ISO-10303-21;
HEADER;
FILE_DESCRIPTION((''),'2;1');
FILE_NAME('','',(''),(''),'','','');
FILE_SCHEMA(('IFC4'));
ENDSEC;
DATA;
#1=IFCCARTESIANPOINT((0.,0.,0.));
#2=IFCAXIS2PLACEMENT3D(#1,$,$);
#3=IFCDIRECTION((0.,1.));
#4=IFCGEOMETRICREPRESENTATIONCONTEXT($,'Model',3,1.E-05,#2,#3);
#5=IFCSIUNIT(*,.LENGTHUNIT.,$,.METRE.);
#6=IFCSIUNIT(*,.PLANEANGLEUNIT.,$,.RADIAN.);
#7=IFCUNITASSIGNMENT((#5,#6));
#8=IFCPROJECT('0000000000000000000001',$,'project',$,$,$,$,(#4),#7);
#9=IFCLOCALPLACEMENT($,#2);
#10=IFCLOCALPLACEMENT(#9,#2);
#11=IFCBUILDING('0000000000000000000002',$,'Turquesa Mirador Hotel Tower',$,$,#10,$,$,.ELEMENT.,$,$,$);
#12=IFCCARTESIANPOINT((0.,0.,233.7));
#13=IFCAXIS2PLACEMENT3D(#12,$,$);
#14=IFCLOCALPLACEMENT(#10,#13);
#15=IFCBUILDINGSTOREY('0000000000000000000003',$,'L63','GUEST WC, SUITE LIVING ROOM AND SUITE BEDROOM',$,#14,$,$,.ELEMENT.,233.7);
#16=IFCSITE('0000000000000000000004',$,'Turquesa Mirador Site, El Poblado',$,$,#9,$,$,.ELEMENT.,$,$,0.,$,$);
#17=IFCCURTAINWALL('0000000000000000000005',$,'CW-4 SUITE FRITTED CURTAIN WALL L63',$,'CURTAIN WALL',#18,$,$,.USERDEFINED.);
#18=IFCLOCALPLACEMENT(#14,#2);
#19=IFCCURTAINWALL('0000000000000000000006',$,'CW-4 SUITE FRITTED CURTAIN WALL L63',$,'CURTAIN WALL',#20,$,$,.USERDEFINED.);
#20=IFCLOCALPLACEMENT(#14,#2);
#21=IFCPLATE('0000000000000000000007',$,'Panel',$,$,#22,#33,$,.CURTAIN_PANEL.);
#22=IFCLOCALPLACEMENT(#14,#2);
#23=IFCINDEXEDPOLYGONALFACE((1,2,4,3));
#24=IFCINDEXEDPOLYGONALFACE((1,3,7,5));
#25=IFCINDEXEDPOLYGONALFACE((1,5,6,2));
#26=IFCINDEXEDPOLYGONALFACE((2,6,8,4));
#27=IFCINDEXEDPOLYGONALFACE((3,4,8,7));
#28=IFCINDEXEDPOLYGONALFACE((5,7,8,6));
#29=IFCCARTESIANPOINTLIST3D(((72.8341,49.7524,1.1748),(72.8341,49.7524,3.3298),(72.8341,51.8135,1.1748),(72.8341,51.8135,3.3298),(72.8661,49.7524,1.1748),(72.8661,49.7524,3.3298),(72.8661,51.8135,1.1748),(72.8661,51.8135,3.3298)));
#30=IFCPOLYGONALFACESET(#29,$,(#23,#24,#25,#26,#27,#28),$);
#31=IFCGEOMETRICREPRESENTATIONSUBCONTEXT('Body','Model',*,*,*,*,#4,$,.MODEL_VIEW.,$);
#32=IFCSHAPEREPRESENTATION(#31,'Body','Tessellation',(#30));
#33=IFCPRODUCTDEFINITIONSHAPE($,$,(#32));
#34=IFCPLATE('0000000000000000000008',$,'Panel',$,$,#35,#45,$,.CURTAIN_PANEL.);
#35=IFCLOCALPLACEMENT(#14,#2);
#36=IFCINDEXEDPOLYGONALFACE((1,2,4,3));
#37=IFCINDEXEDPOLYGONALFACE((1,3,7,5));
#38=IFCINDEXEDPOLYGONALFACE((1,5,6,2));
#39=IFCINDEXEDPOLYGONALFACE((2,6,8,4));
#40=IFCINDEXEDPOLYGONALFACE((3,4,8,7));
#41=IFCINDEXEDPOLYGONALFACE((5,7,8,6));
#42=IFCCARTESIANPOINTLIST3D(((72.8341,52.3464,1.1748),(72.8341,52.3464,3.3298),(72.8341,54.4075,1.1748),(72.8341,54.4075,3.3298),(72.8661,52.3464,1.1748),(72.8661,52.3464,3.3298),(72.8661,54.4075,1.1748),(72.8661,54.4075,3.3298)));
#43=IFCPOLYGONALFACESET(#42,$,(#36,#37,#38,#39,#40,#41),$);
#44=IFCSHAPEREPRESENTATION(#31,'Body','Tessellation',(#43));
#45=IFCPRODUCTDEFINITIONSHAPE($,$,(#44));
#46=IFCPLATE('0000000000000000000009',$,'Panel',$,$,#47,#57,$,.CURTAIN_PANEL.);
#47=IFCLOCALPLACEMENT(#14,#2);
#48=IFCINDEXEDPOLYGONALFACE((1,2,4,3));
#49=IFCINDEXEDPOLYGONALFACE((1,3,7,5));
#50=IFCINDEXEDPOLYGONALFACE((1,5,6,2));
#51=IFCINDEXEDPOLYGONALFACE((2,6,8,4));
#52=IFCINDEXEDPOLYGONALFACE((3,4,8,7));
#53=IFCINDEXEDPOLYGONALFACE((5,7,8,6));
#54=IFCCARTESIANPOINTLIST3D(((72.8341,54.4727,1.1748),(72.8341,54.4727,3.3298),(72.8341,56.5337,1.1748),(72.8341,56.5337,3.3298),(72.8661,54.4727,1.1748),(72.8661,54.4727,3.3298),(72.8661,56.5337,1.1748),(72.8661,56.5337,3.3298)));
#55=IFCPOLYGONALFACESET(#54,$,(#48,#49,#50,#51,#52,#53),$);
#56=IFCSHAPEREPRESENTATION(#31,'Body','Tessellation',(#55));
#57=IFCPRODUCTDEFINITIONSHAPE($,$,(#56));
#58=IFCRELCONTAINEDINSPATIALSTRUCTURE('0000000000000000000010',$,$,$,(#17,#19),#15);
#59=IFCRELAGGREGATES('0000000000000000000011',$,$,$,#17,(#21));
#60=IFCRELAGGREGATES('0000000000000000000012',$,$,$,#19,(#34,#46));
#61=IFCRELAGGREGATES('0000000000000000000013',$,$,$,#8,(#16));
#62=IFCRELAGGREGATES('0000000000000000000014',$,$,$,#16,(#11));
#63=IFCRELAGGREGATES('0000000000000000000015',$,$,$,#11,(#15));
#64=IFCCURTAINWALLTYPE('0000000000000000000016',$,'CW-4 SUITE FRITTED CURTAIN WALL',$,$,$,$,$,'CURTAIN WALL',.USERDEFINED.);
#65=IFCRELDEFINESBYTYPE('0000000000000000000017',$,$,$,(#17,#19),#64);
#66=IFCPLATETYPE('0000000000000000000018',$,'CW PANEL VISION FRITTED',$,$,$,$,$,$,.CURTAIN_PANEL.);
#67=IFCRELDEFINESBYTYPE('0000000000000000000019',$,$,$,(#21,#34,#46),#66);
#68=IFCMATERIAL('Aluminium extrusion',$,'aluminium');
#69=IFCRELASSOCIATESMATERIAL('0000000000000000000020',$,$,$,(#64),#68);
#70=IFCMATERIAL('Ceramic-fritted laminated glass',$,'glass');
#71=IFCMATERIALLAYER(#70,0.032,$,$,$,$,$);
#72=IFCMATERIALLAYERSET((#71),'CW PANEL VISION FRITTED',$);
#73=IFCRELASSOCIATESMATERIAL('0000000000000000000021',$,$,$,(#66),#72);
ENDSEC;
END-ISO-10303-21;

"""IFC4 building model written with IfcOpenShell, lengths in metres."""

from ifc_helpers import new_model, si_unit, direction, frame, origin, origin_2d, place, context, subcontext, project, spatial, rectangle, extrude, material, layer, layer_set, type_object, element, aggregate, save


model = new_model("IFC4")

# Units and contexts
model_context = context("Model", 3, precision=1e-05, world=origin(), true_north=direction((0.0, 1.0)))
body_context = subcontext(model_context, "Body", "Model", "MODEL_VIEW")
ifc_project = project(units=[si_unit("LENGTHUNIT", "METRE"), si_unit("PLANEANGLEUNIT", "RADIAN")], contexts=[model_context])

# Site, building, storey
site_placement = place(None, origin())
site = spatial("IfcSite", under=ifc_project, at=site_placement, Name="Turquesa Mirador Site, El Poblado", CompositionType="ELEMENT", RefElevation=0.0)
building_placement = place(site_placement, origin())
building = spatial("IfcBuilding", under=site, at=building_placement, Name="Turquesa Mirador Hotel Tower", CompositionType="ELEMENT")
storey_placement = place(building_placement, frame((0.0, 0.0, 233.7)))
storey = spatial("IfcBuildingStorey", under=building, at=storey_placement, Name="L63", Description="GUEST WC, SUITE LIVING ROOM AND SUITE BEDROOM", CompositionType="ELEMENT", Elevation=233.7)

# Curtain walls
ifc_material_1 = material(Name="Aluminium extrusion", Category="aluminium")
curtain_wall_type = type_object("IfcCurtainWallType", Name="CW-4 SUITE FRITTED CURTAIN WALL", ElementType="CURTAIN WALL", PredefinedType="USERDEFINED", material=ifc_material_1)
curtain_wall_1_placement = place(storey_placement, origin())
curtain_wall_1 = element("IfcCurtainWall", 1, at=curtain_wall_1_placement, inside=storey, type_object=curtain_wall_type, Name="CW-4 SUITE FRITTED CURTAIN WALL L63", ObjectType="CURTAIN WALL", PredefinedType="USERDEFINED")
curtain_wall_2_placement = place(storey_placement, origin())
curtain_wall_2 = element("IfcCurtainWall", 2, at=curtain_wall_2_placement, inside=storey, type_object=curtain_wall_type, Name="CW-4 SUITE FRITTED CURTAIN WALL L63", ObjectType="CURTAIN WALL", PredefinedType="USERDEFINED")

# Plates
ifc_material_2 = material(Name="Ceramic-fritted laminated glass", Category="glass")
ifc_layer_1 = layer(ifc_material_2, 0.032)
ifc_layer_set_1 = layer_set([ifc_layer_1], Name="CW PANEL VISION FRITTED")
plate_type_1 = type_object("IfcPlateType", Name="CW PANEL VISION FRITTED", PredefinedType="CURTAIN_PANEL", material=ifc_layer_set_1)
plate_1_placement = place(storey_placement, frame((72.8501, 50.783, 1.1748), z_axis=(0.0, 0.0, 1.0), x_axis=(0.0, 1.0, 0.0)))
plate_1 = element("IfcPlate", 3, at=plate_1_placement, type_object=plate_type_1, Name="Panel", PredefinedType="CURTAIN_PANEL", context=body_context, shape_type="SweptSolid", body=[
    extrude(rectangle(XDim=2.061, YDim=0.032, at=origin_2d()), origin(), (0.0, 0.0, 1.0), 2.155),
])
aggregate(curtain_wall_1, [plate_1])
plate_2_placement = place(storey_placement, frame((72.8501, 53.377, 1.1748), z_axis=(0.0, 0.0, 1.0), x_axis=(0.0, 1.0, 0.0)))
plate_2 = element("IfcPlate", 4, at=plate_2_placement, type_object=plate_type_1, Name="Panel", PredefinedType="CURTAIN_PANEL", context=body_context, shape_type="SweptSolid", body=[
    extrude(rectangle(XDim=2.061, YDim=0.032, at=origin_2d()), origin(), (0.0, 0.0, 1.0), 2.155),
])
plate_3_placement = place(storey_placement, frame((72.8501, 55.5032, 1.1748), z_axis=(0.0, 0.0, 1.0), x_axis=(0.0, 1.0, 0.0)))
plate_3 = element("IfcPlate", 5, at=plate_3_placement, type_object=plate_type_1, Name="Panel", PredefinedType="CURTAIN_PANEL", context=body_context, shape_type="SweptSolid", body=[
    extrude(rectangle(XDim=2.061, YDim=0.032, at=origin_2d()), origin(), (0.0, 0.0, 1.0), 2.155),
])
aggregate(curtain_wall_2, [plate_2, plate_3])

save(model, "model.ifc")
